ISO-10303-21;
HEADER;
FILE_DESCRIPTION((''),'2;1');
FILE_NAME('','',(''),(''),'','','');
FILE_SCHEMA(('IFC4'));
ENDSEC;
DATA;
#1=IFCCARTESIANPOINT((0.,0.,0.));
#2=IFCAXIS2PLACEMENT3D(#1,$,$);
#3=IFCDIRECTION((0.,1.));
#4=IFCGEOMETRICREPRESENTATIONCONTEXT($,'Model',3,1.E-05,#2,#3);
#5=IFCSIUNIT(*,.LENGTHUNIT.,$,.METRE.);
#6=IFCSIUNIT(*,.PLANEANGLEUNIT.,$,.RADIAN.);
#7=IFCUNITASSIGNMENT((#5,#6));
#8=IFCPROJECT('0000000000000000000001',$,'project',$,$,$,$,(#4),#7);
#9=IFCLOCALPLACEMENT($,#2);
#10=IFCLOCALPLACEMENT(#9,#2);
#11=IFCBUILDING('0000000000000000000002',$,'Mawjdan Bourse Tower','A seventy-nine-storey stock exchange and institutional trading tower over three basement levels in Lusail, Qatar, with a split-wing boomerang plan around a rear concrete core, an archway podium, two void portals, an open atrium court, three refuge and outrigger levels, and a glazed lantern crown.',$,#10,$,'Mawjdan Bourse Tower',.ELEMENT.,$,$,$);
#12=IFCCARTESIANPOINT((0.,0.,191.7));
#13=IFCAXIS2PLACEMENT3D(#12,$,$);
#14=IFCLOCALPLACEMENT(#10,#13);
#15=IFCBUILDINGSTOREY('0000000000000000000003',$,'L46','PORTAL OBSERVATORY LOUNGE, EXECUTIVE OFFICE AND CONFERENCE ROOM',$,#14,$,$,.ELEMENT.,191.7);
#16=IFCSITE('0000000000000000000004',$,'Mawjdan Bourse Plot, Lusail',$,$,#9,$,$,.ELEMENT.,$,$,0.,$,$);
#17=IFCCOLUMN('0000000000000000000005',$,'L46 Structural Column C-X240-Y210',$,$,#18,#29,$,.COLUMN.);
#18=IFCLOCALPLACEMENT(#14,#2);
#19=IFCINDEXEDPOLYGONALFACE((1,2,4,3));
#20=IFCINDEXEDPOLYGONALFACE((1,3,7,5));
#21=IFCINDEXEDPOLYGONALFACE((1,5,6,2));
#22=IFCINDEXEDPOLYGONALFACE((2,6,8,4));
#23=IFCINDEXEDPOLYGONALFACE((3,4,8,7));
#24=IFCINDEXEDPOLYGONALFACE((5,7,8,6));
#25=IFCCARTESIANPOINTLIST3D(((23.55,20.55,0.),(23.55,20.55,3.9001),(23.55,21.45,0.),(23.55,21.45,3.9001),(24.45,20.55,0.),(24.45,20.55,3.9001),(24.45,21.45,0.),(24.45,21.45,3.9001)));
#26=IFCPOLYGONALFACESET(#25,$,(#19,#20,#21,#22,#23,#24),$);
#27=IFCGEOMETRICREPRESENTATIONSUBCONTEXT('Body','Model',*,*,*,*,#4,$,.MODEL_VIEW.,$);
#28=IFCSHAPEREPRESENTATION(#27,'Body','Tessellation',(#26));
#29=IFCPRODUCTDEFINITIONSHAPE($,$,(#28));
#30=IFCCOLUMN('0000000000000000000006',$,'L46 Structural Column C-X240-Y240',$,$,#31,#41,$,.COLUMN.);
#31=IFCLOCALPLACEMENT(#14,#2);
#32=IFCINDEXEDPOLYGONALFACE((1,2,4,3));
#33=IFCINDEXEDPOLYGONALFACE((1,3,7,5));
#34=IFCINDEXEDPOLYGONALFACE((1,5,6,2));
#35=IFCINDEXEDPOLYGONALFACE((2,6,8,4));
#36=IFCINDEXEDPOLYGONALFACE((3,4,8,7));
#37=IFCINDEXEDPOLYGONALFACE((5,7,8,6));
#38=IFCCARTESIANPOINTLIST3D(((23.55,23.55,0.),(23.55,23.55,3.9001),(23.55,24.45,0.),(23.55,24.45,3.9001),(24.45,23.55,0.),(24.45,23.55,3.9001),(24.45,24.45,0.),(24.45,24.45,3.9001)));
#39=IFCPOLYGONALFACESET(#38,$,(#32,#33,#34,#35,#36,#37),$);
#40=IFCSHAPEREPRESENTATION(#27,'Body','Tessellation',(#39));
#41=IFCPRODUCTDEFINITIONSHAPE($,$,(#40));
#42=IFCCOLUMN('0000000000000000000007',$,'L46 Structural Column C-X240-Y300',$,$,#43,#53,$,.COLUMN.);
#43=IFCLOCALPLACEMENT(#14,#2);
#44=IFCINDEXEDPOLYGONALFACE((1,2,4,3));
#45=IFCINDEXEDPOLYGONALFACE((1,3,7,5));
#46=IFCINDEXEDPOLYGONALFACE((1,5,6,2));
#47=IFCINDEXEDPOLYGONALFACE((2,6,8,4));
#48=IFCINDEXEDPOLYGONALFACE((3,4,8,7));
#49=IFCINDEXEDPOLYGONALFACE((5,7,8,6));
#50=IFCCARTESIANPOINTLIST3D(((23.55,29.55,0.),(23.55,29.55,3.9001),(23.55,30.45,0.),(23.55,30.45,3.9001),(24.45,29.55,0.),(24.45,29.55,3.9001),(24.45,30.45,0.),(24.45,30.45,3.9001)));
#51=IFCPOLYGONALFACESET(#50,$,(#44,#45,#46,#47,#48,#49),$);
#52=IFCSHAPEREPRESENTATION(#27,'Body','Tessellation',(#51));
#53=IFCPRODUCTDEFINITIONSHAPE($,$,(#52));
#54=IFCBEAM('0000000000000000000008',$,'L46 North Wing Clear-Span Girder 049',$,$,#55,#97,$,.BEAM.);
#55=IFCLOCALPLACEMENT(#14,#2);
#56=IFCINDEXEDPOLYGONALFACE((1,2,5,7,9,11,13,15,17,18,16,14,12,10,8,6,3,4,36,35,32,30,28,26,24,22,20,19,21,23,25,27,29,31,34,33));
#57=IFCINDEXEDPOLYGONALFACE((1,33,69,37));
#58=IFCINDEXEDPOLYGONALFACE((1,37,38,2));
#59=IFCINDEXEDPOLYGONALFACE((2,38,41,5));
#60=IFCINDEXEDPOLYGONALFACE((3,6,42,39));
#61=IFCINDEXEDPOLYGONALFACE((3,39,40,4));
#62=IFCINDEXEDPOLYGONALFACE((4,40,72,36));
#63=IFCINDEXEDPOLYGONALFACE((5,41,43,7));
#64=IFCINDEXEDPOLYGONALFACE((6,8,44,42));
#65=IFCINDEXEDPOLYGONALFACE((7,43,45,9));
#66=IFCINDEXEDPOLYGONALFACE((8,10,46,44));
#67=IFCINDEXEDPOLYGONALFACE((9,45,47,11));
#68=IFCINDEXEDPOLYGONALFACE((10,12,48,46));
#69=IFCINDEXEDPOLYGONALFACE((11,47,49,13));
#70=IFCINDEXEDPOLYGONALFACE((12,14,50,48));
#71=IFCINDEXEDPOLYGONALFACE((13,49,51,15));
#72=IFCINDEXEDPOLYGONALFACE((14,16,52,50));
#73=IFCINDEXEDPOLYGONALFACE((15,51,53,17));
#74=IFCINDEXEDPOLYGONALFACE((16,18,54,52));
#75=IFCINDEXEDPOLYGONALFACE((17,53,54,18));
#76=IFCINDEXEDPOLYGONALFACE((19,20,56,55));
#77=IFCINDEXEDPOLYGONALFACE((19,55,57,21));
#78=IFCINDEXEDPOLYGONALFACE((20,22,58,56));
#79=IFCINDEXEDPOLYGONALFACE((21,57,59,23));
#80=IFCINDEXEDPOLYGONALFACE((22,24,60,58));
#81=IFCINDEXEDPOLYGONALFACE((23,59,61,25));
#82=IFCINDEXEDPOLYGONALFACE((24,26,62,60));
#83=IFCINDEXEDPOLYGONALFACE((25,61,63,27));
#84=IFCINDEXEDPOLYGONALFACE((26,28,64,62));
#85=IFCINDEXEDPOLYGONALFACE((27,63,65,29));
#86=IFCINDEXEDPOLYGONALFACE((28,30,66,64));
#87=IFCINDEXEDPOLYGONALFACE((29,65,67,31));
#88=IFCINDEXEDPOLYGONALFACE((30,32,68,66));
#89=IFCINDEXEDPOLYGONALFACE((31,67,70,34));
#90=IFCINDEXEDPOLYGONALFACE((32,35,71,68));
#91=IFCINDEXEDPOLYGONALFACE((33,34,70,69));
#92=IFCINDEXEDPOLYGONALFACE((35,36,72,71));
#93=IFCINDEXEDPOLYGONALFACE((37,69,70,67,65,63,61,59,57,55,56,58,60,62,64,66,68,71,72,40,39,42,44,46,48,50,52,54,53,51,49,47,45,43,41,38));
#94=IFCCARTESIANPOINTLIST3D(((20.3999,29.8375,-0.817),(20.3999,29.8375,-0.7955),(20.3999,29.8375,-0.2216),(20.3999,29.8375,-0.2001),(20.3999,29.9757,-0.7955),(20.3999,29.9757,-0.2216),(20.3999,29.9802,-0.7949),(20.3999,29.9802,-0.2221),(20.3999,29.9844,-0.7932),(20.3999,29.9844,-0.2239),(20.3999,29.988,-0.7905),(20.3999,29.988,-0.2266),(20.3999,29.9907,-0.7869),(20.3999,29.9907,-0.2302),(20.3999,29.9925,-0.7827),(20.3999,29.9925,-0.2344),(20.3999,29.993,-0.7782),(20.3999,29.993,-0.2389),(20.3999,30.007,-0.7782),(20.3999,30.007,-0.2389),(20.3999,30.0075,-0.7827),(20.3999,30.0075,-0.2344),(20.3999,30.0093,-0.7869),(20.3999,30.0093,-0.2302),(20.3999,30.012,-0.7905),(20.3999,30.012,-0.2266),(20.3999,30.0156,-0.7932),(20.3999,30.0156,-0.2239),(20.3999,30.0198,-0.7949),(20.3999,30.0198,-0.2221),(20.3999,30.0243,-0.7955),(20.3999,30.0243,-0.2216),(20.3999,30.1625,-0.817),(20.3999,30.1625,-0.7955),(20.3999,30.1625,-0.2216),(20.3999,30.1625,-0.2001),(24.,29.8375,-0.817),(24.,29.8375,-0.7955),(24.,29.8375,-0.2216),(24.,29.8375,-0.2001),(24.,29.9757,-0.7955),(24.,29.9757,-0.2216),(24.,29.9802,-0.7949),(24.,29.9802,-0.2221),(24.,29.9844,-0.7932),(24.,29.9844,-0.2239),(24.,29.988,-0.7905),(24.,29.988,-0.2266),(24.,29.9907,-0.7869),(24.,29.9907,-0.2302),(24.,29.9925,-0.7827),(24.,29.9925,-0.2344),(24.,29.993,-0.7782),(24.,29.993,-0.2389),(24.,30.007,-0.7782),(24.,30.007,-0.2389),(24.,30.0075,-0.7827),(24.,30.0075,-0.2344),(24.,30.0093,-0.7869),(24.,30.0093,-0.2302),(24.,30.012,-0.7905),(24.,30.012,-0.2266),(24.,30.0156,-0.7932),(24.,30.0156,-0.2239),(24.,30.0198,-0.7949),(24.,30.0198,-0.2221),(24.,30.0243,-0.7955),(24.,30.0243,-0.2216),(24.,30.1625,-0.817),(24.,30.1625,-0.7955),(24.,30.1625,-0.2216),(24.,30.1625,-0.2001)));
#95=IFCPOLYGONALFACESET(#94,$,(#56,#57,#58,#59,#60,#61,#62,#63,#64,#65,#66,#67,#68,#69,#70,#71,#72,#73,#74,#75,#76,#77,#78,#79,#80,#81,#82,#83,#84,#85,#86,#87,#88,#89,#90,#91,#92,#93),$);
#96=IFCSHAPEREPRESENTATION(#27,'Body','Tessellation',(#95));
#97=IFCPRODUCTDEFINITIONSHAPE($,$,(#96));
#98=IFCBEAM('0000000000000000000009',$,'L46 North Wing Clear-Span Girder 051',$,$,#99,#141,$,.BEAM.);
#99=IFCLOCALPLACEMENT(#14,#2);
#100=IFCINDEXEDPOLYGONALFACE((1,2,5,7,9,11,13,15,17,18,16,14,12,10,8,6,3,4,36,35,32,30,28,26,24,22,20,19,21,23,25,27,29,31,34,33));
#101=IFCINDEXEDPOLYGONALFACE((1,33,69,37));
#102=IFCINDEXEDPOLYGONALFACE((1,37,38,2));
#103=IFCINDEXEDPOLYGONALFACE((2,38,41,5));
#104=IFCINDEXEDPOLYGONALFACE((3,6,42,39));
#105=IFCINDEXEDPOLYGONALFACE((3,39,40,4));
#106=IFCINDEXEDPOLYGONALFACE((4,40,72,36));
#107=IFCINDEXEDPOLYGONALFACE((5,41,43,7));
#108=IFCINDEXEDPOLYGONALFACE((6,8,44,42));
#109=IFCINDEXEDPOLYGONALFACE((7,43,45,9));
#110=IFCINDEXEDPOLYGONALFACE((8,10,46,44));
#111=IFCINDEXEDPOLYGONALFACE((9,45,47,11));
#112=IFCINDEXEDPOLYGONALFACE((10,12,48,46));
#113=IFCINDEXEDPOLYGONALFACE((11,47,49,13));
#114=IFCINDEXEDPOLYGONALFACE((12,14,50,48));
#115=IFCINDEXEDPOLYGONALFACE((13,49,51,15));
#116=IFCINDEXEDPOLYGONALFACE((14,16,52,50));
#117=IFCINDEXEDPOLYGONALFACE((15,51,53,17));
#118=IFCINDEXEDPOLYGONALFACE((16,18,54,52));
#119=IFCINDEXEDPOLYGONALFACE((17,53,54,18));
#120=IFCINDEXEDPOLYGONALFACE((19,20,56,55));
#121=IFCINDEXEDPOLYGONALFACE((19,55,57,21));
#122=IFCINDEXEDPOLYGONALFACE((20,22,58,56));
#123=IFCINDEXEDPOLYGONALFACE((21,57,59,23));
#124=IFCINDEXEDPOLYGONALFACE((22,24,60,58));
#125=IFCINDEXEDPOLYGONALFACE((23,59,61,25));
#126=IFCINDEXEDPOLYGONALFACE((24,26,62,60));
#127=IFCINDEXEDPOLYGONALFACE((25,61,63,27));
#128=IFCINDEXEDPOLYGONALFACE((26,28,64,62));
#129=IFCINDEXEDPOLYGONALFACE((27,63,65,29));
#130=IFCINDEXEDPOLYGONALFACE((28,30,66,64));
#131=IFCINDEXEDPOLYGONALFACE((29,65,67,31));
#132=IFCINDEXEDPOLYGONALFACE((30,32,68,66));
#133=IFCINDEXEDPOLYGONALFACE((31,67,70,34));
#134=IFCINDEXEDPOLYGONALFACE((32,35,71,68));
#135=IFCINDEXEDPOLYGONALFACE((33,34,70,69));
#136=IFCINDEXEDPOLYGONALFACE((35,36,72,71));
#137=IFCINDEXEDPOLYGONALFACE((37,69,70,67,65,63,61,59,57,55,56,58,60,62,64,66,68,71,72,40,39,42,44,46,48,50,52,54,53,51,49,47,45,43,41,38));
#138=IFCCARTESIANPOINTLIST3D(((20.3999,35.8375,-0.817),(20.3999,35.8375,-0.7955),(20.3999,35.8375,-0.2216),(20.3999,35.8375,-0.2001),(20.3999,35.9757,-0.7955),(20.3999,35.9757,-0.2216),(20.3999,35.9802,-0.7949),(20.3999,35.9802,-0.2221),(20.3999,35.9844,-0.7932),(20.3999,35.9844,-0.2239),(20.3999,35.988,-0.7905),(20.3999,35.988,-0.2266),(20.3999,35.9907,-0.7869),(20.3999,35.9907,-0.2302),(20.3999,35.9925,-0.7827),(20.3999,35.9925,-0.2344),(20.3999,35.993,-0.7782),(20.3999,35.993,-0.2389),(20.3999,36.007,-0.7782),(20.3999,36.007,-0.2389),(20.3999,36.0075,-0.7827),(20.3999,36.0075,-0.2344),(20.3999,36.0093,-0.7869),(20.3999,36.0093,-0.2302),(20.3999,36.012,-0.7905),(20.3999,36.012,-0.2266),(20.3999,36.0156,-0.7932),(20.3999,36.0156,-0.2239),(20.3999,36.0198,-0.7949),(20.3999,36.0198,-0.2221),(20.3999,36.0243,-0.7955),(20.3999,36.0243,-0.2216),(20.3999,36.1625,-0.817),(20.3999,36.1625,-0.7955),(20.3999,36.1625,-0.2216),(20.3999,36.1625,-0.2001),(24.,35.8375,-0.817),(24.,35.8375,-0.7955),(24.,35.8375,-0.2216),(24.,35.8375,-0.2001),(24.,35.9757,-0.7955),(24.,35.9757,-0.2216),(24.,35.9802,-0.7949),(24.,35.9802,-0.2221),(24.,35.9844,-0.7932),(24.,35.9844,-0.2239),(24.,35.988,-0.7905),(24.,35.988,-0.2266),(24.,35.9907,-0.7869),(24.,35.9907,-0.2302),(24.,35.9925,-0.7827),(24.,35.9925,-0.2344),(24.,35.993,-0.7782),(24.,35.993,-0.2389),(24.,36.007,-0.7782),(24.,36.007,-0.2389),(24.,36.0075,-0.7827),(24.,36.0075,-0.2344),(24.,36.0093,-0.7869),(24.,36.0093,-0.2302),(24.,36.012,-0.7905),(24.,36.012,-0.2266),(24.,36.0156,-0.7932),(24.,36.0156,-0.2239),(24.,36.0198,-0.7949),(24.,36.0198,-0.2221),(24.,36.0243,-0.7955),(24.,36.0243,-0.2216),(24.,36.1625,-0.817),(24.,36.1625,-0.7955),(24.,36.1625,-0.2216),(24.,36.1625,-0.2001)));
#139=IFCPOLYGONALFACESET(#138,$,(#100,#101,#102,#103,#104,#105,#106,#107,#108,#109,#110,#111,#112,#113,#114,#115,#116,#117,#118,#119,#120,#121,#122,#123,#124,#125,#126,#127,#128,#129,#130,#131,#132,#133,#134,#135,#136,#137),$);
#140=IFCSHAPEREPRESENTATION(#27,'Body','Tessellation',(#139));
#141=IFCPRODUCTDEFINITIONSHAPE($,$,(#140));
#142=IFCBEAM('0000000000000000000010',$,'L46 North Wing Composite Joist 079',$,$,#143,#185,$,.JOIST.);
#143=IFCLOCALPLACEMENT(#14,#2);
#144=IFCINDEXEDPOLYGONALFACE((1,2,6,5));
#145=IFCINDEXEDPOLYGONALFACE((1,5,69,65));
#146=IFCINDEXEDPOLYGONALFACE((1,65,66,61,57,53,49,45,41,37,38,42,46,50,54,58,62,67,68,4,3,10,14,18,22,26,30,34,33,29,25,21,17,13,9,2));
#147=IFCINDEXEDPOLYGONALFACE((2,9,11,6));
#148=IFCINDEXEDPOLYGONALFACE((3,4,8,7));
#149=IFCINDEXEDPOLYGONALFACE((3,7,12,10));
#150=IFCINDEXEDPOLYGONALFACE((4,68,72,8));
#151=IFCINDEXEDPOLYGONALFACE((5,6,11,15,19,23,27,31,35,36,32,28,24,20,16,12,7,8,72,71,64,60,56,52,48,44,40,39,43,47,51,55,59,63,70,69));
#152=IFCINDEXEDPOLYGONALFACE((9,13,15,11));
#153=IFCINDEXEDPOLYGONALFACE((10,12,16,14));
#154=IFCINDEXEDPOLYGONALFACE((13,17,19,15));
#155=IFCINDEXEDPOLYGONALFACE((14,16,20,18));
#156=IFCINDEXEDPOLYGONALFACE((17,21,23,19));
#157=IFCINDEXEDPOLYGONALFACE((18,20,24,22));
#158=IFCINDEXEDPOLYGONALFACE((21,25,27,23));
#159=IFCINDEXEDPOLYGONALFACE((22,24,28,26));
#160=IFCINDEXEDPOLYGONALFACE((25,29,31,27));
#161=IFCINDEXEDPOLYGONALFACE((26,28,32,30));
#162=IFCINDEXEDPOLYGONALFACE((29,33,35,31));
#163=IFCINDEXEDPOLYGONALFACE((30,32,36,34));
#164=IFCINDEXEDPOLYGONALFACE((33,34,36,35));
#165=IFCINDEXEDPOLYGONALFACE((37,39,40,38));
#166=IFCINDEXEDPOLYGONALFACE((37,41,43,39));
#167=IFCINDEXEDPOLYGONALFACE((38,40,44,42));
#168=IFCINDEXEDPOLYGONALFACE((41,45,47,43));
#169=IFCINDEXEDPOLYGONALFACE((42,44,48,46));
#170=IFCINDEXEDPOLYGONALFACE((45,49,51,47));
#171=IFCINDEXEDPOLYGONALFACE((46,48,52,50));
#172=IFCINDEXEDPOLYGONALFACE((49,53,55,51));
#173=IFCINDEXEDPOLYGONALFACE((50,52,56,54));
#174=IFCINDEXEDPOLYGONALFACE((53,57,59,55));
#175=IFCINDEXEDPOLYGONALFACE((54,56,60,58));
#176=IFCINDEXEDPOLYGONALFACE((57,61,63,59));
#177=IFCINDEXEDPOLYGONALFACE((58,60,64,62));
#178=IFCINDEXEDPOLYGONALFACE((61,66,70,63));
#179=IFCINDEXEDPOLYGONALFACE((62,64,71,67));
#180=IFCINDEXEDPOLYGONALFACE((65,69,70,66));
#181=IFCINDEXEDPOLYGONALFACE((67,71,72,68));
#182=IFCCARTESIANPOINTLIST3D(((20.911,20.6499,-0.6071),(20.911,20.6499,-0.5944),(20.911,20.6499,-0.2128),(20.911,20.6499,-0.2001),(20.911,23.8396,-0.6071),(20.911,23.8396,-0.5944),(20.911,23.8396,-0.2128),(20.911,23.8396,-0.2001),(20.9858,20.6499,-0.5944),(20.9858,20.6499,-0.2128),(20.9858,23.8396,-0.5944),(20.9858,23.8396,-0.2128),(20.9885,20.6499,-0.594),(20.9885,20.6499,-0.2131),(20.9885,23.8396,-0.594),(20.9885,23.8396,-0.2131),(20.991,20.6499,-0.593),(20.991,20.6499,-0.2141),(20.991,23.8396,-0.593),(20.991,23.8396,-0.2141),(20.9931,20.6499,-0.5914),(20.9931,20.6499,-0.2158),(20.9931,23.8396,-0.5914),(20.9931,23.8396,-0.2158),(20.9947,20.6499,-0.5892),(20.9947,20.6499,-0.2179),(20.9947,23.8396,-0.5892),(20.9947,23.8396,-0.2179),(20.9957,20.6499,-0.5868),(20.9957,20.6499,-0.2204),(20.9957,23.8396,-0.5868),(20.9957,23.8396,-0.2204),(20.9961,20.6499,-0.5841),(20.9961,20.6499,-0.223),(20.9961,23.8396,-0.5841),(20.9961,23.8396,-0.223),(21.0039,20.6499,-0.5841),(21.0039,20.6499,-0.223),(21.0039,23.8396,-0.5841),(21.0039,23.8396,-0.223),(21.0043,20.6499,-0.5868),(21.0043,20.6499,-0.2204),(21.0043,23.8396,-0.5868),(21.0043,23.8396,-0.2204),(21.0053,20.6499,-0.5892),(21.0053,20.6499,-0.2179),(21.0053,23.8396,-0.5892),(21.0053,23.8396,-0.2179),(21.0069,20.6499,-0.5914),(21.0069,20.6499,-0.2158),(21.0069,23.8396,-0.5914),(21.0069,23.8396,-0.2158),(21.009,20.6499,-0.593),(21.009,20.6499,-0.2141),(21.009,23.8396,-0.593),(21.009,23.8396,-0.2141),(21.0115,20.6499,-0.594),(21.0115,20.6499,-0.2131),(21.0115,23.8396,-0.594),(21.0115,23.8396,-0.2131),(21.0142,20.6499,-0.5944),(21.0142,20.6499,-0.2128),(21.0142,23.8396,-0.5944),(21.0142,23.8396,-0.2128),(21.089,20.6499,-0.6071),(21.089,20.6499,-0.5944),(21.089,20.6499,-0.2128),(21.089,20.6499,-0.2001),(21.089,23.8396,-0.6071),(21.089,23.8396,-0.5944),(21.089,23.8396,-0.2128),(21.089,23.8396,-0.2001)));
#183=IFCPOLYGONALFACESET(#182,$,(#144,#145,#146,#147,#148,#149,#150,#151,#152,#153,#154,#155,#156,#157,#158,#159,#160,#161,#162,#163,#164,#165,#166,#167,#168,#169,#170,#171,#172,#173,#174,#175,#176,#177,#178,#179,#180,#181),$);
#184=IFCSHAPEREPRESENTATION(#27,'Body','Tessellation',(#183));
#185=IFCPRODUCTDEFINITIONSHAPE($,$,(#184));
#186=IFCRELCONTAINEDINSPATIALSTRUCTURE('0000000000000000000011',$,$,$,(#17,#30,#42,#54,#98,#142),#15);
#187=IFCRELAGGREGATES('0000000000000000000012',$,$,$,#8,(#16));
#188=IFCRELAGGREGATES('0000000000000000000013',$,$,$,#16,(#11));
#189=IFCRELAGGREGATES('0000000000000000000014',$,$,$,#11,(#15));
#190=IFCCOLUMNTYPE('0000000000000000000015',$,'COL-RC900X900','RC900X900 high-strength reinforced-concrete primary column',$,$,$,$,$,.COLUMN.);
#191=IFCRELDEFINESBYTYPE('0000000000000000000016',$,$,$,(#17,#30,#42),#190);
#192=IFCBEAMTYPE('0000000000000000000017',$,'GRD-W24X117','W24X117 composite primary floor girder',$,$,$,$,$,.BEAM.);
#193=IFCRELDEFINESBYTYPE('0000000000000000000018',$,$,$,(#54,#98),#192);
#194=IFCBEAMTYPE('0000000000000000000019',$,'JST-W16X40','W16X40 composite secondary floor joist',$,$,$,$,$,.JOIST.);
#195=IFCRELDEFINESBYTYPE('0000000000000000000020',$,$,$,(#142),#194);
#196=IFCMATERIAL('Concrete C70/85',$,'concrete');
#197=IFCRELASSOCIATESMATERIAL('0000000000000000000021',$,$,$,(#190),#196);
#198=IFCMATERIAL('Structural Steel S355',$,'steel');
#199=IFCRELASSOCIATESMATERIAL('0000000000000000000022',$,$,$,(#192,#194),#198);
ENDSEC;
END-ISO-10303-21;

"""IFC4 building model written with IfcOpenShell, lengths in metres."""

from ifc_helpers import new_model, si_unit, direction, frame, origin, origin_2d, place, context, subcontext, project, spatial, rectangle, i_section, extrude, material, material_profile, profile_set, type_object, element, save


model = new_model("IFC4")

# Units and contexts
model_context = context("Model", 3, precision=1e-05, world=origin(), true_north=direction((0.0, 1.0)))
body_context = subcontext(model_context, "Body", "Model", "MODEL_VIEW")
ifc_project = project(units=[si_unit("LENGTHUNIT", "METRE"), si_unit("PLANEANGLEUNIT", "RADIAN")], contexts=[model_context])

# Site, building, storey
site_placement = place(None, origin())
site = spatial("IfcSite", under=ifc_project, at=site_placement, Name="Mawjdan Bourse Plot, Lusail", CompositionType="ELEMENT", RefElevation=0.0)
building_placement = place(site_placement, origin())
building = spatial("IfcBuilding", under=site, at=building_placement, Name="Mawjdan Bourse Tower", Description="A seventy-nine-storey stock exchange and institutional trading tower over three basement levels in Lusail, Qatar, with a split-wing boomerang plan around a rear concrete core, an archway podium, two void portals, an open atrium court, three refuge and outrigger levels, and a glazed lantern crown.", LongName="Mawjdan Bourse Tower", CompositionType="ELEMENT")
storey_placement = place(building_placement, frame((0.0, 0.0, 191.7)))
storey = spatial("IfcBuildingStorey", under=building, at=storey_placement, Name="L46", Description="PORTAL OBSERVATORY LOUNGE, EXECUTIVE OFFICE AND CONFERENCE ROOM", CompositionType="ELEMENT", Elevation=191.7)

# Columns
ifc_material_1 = material(Name="Concrete C70/85", Category="concrete")
ifc_material_profile_1 = material_profile(ifc_material_1, rectangle(XDim=0.8999, YDim=0.8999, at=origin_2d()), Name="RC900X900")
ifc_profile_set_1 = profile_set([ifc_material_profile_1], Name="Concrete C70/85")
column_type = type_object("IfcColumnType", Name="COL-RC900X900", Description="RC900X900 high-strength reinforced-concrete primary column", PredefinedType="COLUMN", material=ifc_profile_set_1)
for number, where, z_axis, x_axis, name in (
    (1, (24.0, 21.0, 0.0), (0.0, 0.0, 1.0), (1.0, 0.0, 0.0), "L46 Structural Column C-X240-Y210"),
    (2, (24.0, 24.0, 0.0), (0.0, 0.0, 1.0), (1.0, 0.0, 0.0), "L46 Structural Column C-X240-Y240"),
    (3, (24.0, 30.0, 0.0), (0.0, 0.0, 1.0), (1.0, 0.0, 0.0), "L46 Structural Column C-X240-Y300"),
):
    element("IfcColumn", number, at=place(storey_placement, frame(where, z_axis=z_axis, x_axis=x_axis)), inside=storey, type_object=column_type, Name=name, PredefinedType="COLUMN", context=body_context, shape_type="SweptSolid", body=[
        extrude(rectangle(XDim=0.8999, YDim=0.8999, at=origin_2d()), origin(), (0.0, 0.0, 1.0), 3.9001),
    ])

# Beams
ifc_material_2 = material(Name="Structural Steel S355", Category="steel")
ifc_material_profile_2 = material_profile(ifc_material_2, i_section(OverallWidth=0.325, OverallDepth=0.6169, WebThickness=0.0139, FlangeThickness=0.0215, FilletRadius=0.0173, at=origin_2d()), Name="W24X117")
ifc_profile_set_2 = profile_set([ifc_material_profile_2], Name="Structural Steel S355")
beam_type_1 = type_object("IfcBeamType", Name="GRD-W24X117", Description="W24X117 composite primary floor girder", PredefinedType="BEAM", material=ifc_profile_set_2)
for number, where, z_axis, x_axis, name in (
    (4, (20.3999, 30.0, -0.5085), (1.0, 0.0, 0.0), (0.0, 1.0, 0.0), "L46 North Wing Clear-Span Girder 049"),
    (5, (20.3999, 36.0, -0.5085), (1.0, 0.0, 0.0), (0.0, 1.0, 0.0), "L46 North Wing Clear-Span Girder 051"),
):
    element("IfcBeam", number, at=place(storey_placement, frame(where, z_axis=z_axis, x_axis=x_axis)), inside=storey, type_object=beam_type_1, Name=name, PredefinedType="BEAM", context=body_context, shape_type="SweptSolid", body=[
        extrude(i_section(OverallWidth=0.325, OverallDepth=0.6169, WebThickness=0.0139, FlangeThickness=0.0215, FilletRadius=0.0173, at=origin_2d()), origin(), (0.0, 0.0, 1.0), 3.6001),
    ])
ifc_material_profile_3 = material_profile(ifc_material_2, i_section(OverallWidth=0.178, OverallDepth=0.407, WebThickness=0.0078, FlangeThickness=0.0127, FilletRadius=0.0103, at=origin_2d()), Name="W16X40")
ifc_profile_set_3 = profile_set([ifc_material_profile_3], Name="Structural Steel S355")
beam_type_2 = type_object("IfcBeamType", Name="JST-W16X40", Description="W16X40 composite secondary floor joist", PredefinedType="JOIST", material=ifc_profile_set_3)
beam_1_placement = place(storey_placement, frame((21.0, 20.6499, -0.4036), z_axis=(0.0, 1.0, 0.0), x_axis=(-1.0, 0.0, 0.0)))
element("IfcBeam", 6, at=beam_1_placement, inside=storey, type_object=beam_type_2, Name="L46 North Wing Composite Joist 079", PredefinedType="JOIST", context=body_context, shape_type="SweptSolid", body=[
    extrude(i_section(OverallWidth=0.178, OverallDepth=0.407, WebThickness=0.0078, FlangeThickness=0.0127, FilletRadius=0.0103, at=origin_2d()), origin(), (0.0, 0.0, 1.0), 3.1897),
])

save(model, "model.ifc")
